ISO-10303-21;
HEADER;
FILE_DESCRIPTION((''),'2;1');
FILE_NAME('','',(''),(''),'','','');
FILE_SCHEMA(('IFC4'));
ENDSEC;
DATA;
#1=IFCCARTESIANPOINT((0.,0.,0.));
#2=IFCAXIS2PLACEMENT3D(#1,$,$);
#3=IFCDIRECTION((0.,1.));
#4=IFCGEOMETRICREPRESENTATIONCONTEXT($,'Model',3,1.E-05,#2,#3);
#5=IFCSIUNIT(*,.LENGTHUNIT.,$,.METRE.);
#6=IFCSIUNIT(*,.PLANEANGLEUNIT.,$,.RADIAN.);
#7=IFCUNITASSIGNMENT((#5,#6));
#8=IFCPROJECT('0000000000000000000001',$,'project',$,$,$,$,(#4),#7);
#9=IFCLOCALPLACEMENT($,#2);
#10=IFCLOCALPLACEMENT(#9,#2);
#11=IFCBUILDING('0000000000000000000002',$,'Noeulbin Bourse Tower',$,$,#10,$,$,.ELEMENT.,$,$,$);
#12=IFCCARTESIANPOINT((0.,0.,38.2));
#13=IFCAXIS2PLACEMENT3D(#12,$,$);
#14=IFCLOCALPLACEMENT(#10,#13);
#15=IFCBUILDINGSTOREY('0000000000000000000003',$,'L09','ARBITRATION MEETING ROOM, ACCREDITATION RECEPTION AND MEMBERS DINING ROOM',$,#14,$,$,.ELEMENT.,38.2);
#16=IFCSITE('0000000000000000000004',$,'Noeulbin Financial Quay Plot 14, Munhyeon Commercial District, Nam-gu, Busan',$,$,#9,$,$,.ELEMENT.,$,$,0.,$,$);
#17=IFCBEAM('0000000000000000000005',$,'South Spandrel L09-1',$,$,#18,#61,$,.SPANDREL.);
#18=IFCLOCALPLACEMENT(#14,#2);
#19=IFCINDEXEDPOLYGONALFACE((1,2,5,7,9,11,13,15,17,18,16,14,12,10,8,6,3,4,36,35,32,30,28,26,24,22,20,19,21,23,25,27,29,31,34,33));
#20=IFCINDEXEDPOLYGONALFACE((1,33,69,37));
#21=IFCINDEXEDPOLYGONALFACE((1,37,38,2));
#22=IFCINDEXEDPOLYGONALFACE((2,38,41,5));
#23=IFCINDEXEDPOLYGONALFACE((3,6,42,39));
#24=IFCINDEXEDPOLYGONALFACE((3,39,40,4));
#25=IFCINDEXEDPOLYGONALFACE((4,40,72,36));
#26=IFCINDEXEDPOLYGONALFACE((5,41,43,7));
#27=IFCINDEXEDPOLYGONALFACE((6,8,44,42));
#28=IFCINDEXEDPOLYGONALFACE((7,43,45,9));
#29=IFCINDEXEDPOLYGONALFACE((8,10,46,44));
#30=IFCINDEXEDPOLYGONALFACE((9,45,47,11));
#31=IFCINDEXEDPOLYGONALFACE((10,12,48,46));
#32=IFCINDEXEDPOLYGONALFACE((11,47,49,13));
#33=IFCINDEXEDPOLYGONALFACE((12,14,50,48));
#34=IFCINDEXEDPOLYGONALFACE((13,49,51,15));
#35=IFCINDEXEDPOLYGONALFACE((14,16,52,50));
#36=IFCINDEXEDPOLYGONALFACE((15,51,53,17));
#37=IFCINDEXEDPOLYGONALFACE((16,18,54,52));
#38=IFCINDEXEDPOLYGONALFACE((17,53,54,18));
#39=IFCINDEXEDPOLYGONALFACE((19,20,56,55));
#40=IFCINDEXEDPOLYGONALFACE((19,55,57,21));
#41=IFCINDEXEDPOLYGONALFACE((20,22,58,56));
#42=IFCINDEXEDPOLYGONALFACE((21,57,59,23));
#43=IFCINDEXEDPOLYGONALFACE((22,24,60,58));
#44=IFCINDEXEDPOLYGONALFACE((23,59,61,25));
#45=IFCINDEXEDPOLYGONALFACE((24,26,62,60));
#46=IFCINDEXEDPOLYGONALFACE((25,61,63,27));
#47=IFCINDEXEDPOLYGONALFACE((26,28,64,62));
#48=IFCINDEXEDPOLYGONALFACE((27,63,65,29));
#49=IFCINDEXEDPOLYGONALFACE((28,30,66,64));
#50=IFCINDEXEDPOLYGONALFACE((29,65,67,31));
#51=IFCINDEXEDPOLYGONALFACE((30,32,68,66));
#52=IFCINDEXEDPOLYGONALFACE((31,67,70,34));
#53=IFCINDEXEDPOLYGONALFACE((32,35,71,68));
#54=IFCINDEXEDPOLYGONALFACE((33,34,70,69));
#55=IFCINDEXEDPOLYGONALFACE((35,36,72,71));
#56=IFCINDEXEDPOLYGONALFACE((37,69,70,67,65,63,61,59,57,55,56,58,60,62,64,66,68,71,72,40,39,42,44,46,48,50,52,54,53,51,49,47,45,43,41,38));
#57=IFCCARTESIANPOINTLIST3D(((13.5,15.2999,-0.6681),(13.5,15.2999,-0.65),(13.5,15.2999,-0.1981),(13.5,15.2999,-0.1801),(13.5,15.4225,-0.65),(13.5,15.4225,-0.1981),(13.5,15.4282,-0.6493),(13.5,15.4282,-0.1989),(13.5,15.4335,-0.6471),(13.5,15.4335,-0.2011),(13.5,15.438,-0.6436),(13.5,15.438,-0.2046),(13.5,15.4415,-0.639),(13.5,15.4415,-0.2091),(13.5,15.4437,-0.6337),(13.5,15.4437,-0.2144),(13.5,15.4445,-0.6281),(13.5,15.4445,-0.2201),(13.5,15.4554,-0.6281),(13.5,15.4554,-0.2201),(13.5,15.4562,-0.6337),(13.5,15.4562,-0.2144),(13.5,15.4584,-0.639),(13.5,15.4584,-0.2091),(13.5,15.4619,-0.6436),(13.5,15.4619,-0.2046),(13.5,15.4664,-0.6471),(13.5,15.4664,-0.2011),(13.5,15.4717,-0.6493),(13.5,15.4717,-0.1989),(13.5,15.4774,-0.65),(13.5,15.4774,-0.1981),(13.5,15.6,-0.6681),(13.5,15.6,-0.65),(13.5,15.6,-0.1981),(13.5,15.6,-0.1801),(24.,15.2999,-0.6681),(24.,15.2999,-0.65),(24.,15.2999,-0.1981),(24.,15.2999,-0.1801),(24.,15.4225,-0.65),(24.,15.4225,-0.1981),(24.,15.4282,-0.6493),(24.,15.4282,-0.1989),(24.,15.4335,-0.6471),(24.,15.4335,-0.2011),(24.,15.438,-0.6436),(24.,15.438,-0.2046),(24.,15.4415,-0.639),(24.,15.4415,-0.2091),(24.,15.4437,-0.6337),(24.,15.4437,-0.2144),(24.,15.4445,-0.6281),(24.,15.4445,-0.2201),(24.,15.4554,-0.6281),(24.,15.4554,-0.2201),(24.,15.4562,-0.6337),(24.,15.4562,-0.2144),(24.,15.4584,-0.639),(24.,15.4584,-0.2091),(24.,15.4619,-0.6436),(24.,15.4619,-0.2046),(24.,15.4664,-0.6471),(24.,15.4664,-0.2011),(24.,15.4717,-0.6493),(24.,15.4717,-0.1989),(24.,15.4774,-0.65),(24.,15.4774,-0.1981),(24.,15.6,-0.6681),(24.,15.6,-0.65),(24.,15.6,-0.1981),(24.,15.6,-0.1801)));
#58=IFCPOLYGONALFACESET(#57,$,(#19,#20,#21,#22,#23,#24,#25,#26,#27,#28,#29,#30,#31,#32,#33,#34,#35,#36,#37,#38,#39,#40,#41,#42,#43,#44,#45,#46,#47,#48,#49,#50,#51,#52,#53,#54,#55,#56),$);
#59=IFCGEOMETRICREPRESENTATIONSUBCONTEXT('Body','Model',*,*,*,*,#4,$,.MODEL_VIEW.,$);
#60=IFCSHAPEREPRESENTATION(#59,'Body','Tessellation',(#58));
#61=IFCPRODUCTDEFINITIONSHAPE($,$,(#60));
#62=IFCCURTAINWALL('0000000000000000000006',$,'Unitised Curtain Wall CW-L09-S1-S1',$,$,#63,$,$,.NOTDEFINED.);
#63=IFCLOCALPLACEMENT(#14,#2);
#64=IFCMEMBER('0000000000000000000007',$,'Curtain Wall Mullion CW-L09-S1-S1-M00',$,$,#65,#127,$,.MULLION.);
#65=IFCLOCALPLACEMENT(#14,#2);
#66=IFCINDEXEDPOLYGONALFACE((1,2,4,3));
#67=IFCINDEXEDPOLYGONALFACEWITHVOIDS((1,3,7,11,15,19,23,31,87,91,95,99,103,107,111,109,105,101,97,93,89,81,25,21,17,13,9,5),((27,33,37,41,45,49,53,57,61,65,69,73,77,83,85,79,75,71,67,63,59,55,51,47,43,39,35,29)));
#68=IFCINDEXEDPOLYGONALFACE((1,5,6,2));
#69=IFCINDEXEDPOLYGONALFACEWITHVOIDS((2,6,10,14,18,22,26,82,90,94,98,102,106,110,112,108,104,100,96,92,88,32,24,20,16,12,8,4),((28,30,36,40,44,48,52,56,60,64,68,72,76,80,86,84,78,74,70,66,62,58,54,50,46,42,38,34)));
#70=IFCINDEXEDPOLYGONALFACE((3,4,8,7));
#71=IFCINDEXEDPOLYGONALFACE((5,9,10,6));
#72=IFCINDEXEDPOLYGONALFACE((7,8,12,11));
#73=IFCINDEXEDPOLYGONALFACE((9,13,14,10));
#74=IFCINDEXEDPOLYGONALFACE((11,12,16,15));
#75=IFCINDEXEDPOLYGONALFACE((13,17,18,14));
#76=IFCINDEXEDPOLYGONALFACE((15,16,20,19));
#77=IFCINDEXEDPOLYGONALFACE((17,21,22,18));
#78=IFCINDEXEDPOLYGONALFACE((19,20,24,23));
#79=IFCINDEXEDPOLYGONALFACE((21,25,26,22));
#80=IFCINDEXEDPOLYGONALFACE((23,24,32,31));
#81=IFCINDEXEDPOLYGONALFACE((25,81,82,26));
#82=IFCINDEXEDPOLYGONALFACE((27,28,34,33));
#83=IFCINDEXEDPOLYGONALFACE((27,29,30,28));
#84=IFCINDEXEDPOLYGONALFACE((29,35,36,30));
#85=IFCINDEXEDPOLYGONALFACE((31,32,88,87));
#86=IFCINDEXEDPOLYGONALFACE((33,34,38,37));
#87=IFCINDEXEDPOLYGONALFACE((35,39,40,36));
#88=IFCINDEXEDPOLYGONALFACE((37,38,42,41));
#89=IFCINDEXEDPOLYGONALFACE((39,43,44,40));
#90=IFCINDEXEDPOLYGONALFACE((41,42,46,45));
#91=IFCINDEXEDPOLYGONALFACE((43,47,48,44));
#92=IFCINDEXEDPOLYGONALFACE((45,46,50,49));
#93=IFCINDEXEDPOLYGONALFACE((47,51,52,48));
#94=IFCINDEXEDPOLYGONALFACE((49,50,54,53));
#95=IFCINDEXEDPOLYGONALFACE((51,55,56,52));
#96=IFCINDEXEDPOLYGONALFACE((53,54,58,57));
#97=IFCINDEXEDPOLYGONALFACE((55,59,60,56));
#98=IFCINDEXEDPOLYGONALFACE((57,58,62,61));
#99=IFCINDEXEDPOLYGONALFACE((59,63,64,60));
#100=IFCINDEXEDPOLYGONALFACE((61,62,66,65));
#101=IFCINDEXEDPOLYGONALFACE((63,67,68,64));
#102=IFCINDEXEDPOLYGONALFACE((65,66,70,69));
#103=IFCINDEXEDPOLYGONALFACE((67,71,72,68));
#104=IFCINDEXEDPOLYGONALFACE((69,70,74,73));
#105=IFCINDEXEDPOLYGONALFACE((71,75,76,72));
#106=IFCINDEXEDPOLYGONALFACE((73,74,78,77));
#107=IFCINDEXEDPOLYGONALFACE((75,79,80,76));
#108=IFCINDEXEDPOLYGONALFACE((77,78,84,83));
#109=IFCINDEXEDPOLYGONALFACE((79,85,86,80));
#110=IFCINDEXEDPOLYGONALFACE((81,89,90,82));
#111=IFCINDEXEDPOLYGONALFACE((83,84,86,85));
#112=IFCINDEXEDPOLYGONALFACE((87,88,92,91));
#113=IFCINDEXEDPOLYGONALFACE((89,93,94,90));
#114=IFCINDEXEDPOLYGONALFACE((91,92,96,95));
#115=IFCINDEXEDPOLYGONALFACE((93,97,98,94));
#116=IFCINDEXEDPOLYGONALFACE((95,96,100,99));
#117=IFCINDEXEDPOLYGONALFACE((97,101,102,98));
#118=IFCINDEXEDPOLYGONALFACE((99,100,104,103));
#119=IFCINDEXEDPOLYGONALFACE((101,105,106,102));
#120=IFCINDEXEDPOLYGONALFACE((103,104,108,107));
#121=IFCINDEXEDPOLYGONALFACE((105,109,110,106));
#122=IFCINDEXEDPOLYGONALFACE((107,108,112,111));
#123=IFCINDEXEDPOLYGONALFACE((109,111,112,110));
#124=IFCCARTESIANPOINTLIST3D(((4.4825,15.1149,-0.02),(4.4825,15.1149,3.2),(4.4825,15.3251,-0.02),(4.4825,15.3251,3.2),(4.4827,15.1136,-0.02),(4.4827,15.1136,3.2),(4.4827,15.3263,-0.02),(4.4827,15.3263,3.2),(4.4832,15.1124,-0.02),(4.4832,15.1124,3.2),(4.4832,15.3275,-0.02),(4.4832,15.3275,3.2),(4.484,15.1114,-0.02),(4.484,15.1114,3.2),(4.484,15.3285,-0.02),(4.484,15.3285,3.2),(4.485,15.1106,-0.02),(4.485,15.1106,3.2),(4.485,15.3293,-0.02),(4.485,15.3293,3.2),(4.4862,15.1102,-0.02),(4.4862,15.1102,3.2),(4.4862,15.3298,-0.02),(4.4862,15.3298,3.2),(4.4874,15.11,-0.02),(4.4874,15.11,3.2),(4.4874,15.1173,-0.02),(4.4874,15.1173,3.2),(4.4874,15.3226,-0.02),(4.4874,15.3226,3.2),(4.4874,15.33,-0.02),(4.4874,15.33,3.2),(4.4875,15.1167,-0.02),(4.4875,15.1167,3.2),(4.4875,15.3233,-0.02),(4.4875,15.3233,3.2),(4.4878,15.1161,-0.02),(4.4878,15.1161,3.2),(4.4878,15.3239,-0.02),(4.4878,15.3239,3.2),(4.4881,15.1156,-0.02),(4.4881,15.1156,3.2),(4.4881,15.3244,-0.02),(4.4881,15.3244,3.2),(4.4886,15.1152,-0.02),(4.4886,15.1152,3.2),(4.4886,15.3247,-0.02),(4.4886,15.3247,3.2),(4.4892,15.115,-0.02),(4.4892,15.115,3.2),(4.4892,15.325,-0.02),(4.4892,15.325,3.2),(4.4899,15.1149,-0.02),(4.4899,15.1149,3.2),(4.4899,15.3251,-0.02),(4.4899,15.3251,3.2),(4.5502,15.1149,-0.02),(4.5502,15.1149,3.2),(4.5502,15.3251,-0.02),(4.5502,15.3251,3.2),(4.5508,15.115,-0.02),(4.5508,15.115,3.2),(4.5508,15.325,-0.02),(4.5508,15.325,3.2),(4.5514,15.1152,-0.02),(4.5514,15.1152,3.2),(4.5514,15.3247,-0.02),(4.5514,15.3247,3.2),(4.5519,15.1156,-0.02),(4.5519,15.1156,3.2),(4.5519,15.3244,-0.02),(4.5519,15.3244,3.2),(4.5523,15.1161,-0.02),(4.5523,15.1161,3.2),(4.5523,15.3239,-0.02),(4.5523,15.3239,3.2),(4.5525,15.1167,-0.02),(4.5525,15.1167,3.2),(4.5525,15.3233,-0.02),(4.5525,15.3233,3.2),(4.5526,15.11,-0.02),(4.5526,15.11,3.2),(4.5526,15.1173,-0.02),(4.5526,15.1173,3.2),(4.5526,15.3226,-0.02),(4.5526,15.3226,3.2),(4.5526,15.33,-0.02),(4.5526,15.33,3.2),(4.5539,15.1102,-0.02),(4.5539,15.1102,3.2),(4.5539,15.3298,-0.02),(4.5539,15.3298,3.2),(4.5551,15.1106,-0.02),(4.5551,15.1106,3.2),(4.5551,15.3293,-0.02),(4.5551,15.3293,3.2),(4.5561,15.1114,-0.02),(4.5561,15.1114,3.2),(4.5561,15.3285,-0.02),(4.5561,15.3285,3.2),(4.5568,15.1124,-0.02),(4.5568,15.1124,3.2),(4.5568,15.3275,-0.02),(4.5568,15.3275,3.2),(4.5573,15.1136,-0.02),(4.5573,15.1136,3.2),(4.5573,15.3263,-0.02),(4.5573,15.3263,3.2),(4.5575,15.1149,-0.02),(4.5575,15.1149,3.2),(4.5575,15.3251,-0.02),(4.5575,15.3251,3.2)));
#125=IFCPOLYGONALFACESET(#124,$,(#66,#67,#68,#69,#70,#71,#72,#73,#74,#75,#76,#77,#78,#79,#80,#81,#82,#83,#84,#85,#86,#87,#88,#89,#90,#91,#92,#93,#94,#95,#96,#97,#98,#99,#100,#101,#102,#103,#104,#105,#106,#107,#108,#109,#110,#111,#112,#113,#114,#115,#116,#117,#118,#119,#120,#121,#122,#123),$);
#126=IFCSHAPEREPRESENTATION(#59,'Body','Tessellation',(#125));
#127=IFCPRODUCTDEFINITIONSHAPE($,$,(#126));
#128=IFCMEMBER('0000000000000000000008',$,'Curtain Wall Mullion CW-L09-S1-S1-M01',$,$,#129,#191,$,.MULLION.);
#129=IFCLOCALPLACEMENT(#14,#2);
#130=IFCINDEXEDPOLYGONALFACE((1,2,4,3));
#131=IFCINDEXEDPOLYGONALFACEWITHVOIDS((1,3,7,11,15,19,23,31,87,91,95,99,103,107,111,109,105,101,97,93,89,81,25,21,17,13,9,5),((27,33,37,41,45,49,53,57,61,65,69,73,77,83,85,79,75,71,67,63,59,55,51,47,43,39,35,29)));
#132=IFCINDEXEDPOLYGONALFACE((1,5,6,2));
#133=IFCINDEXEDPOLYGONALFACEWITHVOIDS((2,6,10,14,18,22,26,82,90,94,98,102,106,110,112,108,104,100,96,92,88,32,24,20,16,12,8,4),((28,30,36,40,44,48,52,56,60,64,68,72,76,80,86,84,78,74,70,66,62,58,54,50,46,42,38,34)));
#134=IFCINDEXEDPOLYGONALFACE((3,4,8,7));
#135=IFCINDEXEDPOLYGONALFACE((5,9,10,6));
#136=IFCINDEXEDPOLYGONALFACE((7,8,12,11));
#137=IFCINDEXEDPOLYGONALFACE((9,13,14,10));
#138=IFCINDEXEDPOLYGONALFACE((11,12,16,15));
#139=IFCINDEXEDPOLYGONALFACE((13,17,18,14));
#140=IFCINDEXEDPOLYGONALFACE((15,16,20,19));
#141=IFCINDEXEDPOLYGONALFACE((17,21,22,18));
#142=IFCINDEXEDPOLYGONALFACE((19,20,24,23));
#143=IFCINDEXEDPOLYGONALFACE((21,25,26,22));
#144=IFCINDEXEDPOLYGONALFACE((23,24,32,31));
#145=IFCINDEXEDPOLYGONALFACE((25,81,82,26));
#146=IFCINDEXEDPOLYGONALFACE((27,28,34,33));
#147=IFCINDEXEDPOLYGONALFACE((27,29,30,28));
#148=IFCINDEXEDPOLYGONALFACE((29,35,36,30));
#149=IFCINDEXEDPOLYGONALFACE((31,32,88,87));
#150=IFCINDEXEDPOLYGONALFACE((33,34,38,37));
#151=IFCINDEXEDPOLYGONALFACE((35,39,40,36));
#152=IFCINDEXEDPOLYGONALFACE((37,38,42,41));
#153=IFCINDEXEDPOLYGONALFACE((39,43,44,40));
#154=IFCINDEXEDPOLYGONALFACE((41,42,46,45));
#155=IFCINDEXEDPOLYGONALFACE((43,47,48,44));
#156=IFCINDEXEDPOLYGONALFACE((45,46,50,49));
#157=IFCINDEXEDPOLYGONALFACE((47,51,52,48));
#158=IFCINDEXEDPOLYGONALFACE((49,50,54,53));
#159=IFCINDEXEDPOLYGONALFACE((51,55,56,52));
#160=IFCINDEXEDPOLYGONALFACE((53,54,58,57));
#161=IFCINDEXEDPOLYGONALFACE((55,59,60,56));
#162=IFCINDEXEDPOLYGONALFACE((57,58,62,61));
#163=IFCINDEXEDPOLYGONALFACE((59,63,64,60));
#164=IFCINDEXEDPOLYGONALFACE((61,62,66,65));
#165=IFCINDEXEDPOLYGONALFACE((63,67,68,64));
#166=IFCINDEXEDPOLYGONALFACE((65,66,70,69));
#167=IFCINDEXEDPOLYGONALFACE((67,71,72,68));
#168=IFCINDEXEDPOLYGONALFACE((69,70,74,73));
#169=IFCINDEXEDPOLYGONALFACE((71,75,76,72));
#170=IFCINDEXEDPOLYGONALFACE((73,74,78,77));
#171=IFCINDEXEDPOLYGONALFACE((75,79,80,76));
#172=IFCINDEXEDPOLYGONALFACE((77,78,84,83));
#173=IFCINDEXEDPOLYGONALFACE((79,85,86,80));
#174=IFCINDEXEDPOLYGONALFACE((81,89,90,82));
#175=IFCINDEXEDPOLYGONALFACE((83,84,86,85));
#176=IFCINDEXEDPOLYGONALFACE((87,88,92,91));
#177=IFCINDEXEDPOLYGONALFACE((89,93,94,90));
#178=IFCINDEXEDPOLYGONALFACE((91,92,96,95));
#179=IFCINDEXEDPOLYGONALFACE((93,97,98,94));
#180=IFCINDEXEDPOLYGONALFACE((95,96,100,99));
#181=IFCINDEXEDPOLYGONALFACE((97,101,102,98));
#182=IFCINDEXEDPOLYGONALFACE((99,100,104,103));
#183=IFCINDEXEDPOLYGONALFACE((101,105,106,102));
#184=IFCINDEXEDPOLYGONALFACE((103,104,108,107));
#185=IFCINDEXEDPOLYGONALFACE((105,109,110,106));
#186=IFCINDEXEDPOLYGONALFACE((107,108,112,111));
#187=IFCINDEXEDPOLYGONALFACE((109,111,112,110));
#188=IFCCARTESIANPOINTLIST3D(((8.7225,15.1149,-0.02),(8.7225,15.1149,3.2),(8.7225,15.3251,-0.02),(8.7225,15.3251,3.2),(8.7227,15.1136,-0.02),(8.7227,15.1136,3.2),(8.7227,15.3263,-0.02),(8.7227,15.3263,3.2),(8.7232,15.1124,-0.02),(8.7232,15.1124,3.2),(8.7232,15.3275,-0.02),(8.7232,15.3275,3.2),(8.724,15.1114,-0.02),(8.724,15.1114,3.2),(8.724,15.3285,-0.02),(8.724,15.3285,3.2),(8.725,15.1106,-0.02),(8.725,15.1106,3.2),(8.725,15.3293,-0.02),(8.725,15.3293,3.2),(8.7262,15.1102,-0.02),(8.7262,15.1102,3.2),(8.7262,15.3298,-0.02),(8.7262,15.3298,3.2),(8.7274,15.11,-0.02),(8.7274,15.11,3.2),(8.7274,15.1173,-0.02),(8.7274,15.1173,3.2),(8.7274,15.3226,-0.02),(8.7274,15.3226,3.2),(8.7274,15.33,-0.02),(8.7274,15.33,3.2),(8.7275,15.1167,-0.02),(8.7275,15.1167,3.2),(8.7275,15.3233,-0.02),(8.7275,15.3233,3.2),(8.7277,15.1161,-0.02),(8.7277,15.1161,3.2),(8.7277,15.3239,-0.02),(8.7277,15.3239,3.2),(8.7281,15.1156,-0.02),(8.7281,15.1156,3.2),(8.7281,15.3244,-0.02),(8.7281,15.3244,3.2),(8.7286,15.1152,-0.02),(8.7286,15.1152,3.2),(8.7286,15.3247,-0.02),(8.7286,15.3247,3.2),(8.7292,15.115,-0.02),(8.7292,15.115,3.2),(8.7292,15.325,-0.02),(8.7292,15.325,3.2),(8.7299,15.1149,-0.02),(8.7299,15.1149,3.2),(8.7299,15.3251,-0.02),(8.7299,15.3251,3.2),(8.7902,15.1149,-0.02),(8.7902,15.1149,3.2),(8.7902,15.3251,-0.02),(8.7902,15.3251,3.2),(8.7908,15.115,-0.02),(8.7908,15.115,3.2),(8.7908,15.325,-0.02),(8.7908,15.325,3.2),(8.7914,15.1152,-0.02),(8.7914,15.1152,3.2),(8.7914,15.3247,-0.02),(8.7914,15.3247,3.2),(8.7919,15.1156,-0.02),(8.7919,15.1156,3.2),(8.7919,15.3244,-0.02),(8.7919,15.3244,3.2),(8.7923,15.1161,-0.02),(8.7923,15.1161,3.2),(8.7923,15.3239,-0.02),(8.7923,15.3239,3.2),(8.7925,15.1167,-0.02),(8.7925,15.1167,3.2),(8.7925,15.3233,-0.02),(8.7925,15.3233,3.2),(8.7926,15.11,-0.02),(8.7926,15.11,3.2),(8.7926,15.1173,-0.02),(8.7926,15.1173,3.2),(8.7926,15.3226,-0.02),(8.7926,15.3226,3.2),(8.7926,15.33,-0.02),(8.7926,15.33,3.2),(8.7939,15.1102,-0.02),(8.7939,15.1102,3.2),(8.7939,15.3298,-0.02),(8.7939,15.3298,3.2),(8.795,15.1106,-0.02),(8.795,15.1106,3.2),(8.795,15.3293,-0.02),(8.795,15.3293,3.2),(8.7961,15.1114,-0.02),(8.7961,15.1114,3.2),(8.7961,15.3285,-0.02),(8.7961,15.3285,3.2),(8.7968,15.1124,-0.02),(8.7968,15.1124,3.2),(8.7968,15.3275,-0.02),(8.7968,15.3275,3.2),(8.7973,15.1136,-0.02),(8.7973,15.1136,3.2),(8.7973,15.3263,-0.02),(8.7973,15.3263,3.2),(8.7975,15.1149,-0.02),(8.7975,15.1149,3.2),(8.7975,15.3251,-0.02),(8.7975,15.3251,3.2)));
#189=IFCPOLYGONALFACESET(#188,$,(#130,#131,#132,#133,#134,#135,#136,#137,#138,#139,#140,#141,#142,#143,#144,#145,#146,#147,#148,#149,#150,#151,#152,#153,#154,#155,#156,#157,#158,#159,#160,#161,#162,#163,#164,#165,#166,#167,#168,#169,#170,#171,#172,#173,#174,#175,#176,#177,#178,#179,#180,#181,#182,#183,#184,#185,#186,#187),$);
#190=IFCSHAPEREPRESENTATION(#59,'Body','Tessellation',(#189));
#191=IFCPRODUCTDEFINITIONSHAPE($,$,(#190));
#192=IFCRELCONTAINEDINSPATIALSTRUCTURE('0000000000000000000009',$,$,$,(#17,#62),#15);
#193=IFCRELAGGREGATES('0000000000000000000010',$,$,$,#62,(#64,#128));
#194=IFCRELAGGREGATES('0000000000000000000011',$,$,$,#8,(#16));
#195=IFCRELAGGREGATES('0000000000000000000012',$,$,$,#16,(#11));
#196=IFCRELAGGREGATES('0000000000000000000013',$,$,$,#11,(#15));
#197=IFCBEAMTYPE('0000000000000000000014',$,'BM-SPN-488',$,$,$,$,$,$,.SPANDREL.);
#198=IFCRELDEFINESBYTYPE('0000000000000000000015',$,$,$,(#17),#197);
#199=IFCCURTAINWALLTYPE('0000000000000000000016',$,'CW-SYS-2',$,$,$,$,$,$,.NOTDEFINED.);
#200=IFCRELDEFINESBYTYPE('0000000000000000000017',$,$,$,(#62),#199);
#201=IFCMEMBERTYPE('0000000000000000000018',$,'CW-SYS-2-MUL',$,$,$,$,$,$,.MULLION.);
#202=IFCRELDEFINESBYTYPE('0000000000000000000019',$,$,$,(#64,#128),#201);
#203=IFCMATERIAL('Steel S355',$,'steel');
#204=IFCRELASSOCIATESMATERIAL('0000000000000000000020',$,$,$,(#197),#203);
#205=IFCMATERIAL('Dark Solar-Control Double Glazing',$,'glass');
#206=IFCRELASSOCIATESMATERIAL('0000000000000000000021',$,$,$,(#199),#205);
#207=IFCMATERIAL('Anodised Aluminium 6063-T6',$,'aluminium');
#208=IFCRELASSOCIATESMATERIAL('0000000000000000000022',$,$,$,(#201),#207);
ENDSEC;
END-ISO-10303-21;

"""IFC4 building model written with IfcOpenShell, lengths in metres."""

from ifc_helpers import new_model, si_unit, direction, frame, origin, origin_2d, place, context, subcontext, project, spatial, hollow_rectangle, i_section, extrude, material, material_profile, profile_set, type_object, element, aggregate, save


model = new_model("IFC4")

# Units and contexts
model_context = context("Model", 3, precision=1e-05, world=origin(), true_north=direction((0.0, 1.0)))
body_context = subcontext(model_context, "Body", "Model", "MODEL_VIEW")
ifc_project = project(units=[si_unit("LENGTHUNIT", "METRE"), si_unit("PLANEANGLEUNIT", "RADIAN")], contexts=[model_context])

# Site, building, storey
site_placement = place(None, origin())
site = spatial("IfcSite", under=ifc_project, at=site_placement, Name="Noeulbin Financial Quay Plot 14, Munhyeon Commercial District, Nam-gu, Busan", CompositionType="ELEMENT", RefElevation=0.0)
building_placement = place(site_placement, origin())
building = spatial("IfcBuilding", under=site, at=building_placement, Name="Noeulbin Bourse Tower", CompositionType="ELEMENT")
storey_placement = place(building_placement, frame((0.0, 0.0, 38.2)))
storey = spatial("IfcBuildingStorey", under=building, at=storey_placement, Name="L09", Description="ARBITRATION MEETING ROOM, ACCREDITATION RECEPTION AND MEMBERS DINING ROOM", CompositionType="ELEMENT", Elevation=38.2)

# Beam
ifc_material_1 = material(Name="Steel S355", Category="steel")
ifc_material_profile_1 = material_profile(ifc_material_1, i_section(OverallWidth=0.3, OverallDepth=0.488, WebThickness=0.011, FlangeThickness=0.0181, FilletRadius=0.022, at=origin_2d()), Name="H-488x300x11x18", Category="LoadBearing")
ifc_profile_set_1 = profile_set([ifc_material_profile_1], Name="Steel S355")
beam_type_1 = type_object("IfcBeamType", Name="BM-SPN-488", PredefinedType="SPANDREL", material=ifc_profile_set_1)
beam_1_placement = place(storey_placement, frame((13.5, 15.45, -0.4241), z_axis=(1.0, 0.0, 0.0), x_axis=(0.0, 1.0, 0.0)))
element("IfcBeam", 1, at=beam_1_placement, inside=storey, type_object=beam_type_1, Name="South Spandrel L09-1", PredefinedType="SPANDREL", context=body_context, shape_type="SweptSolid", body=[
    extrude(i_section(OverallWidth=0.3, OverallDepth=0.488, WebThickness=0.011, FlangeThickness=0.0181, FilletRadius=0.022, at=origin_2d()), origin(), (0.0, 0.0, 1.0), 10.5),
])

# Curtain wall, members
ifc_material_2 = material(Name="Dark Solar-Control Double Glazing", Category="glass")
curtain_wall_type = type_object("IfcCurtainWallType", Name="CW-SYS-2", PredefinedType="NOTDEFINED", material=ifc_material_2)
curtain_wall_1_placement = place(storey_placement, origin())
curtain_wall_1 = element("IfcCurtainWall", 2, at=curtain_wall_1_placement, inside=storey, type_object=curtain_wall_type, Name="Unitised Curtain Wall CW-L09-S1-S1", PredefinedType="NOTDEFINED")
ifc_material_3 = material(Name="Anodised Aluminium 6063-T6", Category="aluminium")
ifc_material_profile_2 = material_profile(ifc_material_3, hollow_rectangle(XDim=0.075, YDim=0.22, WallThickness=0.0049, InnerFilletRadius=0.0024, OuterFilletRadius=0.0049, at=origin_2d()), Name="ALU-MULL-75x220x5", Category="LoadBearing")
ifc_profile_set_2 = profile_set([ifc_material_profile_2], Name="Anodised Aluminium 6063-T6")
member_type_1 = type_object("IfcMemberType", Name="CW-SYS-2-MUL", PredefinedType="MULLION", material=ifc_profile_set_2)
member_1_placement = place(storey_placement, frame((4.52, 15.22, -0.02), z_axis=(0.0, 0.0, 1.0), x_axis=(1.0, 0.0, 0.0)))
member_1 = element("IfcMember", 3, at=member_1_placement, type_object=member_type_1, Name="Curtain Wall Mullion CW-L09-S1-S1-M00", PredefinedType="MULLION", context=body_context, shape_type="SweptSolid", body=[
    extrude(hollow_rectangle(XDim=0.075, YDim=0.22, WallThickness=0.0049, InnerFilletRadius=0.0024, OuterFilletRadius=0.0049, at=origin_2d()), origin(), (0.0, 0.0, 1.0), 3.22),
])
member_2_placement = place(storey_placement, frame((8.76, 15.22, -0.02), z_axis=(0.0, 0.0, 1.0), x_axis=(1.0, 0.0, 0.0)))
member_2 = element("IfcMember", 4, at=member_2_placement, type_object=member_type_1, Name="Curtain Wall Mullion CW-L09-S1-S1-M01", PredefinedType="MULLION", context=body_context, shape_type="SweptSolid", body=[
    extrude(hollow_rectangle(XDim=0.075, YDim=0.22, WallThickness=0.0049, InnerFilletRadius=0.0024, OuterFilletRadius=0.0049, at=origin_2d()), origin(), (0.0, 0.0, 1.0), 3.22),
])

aggregate(curtain_wall_1, [member_1, member_2])

save(model, "model.ifc")
